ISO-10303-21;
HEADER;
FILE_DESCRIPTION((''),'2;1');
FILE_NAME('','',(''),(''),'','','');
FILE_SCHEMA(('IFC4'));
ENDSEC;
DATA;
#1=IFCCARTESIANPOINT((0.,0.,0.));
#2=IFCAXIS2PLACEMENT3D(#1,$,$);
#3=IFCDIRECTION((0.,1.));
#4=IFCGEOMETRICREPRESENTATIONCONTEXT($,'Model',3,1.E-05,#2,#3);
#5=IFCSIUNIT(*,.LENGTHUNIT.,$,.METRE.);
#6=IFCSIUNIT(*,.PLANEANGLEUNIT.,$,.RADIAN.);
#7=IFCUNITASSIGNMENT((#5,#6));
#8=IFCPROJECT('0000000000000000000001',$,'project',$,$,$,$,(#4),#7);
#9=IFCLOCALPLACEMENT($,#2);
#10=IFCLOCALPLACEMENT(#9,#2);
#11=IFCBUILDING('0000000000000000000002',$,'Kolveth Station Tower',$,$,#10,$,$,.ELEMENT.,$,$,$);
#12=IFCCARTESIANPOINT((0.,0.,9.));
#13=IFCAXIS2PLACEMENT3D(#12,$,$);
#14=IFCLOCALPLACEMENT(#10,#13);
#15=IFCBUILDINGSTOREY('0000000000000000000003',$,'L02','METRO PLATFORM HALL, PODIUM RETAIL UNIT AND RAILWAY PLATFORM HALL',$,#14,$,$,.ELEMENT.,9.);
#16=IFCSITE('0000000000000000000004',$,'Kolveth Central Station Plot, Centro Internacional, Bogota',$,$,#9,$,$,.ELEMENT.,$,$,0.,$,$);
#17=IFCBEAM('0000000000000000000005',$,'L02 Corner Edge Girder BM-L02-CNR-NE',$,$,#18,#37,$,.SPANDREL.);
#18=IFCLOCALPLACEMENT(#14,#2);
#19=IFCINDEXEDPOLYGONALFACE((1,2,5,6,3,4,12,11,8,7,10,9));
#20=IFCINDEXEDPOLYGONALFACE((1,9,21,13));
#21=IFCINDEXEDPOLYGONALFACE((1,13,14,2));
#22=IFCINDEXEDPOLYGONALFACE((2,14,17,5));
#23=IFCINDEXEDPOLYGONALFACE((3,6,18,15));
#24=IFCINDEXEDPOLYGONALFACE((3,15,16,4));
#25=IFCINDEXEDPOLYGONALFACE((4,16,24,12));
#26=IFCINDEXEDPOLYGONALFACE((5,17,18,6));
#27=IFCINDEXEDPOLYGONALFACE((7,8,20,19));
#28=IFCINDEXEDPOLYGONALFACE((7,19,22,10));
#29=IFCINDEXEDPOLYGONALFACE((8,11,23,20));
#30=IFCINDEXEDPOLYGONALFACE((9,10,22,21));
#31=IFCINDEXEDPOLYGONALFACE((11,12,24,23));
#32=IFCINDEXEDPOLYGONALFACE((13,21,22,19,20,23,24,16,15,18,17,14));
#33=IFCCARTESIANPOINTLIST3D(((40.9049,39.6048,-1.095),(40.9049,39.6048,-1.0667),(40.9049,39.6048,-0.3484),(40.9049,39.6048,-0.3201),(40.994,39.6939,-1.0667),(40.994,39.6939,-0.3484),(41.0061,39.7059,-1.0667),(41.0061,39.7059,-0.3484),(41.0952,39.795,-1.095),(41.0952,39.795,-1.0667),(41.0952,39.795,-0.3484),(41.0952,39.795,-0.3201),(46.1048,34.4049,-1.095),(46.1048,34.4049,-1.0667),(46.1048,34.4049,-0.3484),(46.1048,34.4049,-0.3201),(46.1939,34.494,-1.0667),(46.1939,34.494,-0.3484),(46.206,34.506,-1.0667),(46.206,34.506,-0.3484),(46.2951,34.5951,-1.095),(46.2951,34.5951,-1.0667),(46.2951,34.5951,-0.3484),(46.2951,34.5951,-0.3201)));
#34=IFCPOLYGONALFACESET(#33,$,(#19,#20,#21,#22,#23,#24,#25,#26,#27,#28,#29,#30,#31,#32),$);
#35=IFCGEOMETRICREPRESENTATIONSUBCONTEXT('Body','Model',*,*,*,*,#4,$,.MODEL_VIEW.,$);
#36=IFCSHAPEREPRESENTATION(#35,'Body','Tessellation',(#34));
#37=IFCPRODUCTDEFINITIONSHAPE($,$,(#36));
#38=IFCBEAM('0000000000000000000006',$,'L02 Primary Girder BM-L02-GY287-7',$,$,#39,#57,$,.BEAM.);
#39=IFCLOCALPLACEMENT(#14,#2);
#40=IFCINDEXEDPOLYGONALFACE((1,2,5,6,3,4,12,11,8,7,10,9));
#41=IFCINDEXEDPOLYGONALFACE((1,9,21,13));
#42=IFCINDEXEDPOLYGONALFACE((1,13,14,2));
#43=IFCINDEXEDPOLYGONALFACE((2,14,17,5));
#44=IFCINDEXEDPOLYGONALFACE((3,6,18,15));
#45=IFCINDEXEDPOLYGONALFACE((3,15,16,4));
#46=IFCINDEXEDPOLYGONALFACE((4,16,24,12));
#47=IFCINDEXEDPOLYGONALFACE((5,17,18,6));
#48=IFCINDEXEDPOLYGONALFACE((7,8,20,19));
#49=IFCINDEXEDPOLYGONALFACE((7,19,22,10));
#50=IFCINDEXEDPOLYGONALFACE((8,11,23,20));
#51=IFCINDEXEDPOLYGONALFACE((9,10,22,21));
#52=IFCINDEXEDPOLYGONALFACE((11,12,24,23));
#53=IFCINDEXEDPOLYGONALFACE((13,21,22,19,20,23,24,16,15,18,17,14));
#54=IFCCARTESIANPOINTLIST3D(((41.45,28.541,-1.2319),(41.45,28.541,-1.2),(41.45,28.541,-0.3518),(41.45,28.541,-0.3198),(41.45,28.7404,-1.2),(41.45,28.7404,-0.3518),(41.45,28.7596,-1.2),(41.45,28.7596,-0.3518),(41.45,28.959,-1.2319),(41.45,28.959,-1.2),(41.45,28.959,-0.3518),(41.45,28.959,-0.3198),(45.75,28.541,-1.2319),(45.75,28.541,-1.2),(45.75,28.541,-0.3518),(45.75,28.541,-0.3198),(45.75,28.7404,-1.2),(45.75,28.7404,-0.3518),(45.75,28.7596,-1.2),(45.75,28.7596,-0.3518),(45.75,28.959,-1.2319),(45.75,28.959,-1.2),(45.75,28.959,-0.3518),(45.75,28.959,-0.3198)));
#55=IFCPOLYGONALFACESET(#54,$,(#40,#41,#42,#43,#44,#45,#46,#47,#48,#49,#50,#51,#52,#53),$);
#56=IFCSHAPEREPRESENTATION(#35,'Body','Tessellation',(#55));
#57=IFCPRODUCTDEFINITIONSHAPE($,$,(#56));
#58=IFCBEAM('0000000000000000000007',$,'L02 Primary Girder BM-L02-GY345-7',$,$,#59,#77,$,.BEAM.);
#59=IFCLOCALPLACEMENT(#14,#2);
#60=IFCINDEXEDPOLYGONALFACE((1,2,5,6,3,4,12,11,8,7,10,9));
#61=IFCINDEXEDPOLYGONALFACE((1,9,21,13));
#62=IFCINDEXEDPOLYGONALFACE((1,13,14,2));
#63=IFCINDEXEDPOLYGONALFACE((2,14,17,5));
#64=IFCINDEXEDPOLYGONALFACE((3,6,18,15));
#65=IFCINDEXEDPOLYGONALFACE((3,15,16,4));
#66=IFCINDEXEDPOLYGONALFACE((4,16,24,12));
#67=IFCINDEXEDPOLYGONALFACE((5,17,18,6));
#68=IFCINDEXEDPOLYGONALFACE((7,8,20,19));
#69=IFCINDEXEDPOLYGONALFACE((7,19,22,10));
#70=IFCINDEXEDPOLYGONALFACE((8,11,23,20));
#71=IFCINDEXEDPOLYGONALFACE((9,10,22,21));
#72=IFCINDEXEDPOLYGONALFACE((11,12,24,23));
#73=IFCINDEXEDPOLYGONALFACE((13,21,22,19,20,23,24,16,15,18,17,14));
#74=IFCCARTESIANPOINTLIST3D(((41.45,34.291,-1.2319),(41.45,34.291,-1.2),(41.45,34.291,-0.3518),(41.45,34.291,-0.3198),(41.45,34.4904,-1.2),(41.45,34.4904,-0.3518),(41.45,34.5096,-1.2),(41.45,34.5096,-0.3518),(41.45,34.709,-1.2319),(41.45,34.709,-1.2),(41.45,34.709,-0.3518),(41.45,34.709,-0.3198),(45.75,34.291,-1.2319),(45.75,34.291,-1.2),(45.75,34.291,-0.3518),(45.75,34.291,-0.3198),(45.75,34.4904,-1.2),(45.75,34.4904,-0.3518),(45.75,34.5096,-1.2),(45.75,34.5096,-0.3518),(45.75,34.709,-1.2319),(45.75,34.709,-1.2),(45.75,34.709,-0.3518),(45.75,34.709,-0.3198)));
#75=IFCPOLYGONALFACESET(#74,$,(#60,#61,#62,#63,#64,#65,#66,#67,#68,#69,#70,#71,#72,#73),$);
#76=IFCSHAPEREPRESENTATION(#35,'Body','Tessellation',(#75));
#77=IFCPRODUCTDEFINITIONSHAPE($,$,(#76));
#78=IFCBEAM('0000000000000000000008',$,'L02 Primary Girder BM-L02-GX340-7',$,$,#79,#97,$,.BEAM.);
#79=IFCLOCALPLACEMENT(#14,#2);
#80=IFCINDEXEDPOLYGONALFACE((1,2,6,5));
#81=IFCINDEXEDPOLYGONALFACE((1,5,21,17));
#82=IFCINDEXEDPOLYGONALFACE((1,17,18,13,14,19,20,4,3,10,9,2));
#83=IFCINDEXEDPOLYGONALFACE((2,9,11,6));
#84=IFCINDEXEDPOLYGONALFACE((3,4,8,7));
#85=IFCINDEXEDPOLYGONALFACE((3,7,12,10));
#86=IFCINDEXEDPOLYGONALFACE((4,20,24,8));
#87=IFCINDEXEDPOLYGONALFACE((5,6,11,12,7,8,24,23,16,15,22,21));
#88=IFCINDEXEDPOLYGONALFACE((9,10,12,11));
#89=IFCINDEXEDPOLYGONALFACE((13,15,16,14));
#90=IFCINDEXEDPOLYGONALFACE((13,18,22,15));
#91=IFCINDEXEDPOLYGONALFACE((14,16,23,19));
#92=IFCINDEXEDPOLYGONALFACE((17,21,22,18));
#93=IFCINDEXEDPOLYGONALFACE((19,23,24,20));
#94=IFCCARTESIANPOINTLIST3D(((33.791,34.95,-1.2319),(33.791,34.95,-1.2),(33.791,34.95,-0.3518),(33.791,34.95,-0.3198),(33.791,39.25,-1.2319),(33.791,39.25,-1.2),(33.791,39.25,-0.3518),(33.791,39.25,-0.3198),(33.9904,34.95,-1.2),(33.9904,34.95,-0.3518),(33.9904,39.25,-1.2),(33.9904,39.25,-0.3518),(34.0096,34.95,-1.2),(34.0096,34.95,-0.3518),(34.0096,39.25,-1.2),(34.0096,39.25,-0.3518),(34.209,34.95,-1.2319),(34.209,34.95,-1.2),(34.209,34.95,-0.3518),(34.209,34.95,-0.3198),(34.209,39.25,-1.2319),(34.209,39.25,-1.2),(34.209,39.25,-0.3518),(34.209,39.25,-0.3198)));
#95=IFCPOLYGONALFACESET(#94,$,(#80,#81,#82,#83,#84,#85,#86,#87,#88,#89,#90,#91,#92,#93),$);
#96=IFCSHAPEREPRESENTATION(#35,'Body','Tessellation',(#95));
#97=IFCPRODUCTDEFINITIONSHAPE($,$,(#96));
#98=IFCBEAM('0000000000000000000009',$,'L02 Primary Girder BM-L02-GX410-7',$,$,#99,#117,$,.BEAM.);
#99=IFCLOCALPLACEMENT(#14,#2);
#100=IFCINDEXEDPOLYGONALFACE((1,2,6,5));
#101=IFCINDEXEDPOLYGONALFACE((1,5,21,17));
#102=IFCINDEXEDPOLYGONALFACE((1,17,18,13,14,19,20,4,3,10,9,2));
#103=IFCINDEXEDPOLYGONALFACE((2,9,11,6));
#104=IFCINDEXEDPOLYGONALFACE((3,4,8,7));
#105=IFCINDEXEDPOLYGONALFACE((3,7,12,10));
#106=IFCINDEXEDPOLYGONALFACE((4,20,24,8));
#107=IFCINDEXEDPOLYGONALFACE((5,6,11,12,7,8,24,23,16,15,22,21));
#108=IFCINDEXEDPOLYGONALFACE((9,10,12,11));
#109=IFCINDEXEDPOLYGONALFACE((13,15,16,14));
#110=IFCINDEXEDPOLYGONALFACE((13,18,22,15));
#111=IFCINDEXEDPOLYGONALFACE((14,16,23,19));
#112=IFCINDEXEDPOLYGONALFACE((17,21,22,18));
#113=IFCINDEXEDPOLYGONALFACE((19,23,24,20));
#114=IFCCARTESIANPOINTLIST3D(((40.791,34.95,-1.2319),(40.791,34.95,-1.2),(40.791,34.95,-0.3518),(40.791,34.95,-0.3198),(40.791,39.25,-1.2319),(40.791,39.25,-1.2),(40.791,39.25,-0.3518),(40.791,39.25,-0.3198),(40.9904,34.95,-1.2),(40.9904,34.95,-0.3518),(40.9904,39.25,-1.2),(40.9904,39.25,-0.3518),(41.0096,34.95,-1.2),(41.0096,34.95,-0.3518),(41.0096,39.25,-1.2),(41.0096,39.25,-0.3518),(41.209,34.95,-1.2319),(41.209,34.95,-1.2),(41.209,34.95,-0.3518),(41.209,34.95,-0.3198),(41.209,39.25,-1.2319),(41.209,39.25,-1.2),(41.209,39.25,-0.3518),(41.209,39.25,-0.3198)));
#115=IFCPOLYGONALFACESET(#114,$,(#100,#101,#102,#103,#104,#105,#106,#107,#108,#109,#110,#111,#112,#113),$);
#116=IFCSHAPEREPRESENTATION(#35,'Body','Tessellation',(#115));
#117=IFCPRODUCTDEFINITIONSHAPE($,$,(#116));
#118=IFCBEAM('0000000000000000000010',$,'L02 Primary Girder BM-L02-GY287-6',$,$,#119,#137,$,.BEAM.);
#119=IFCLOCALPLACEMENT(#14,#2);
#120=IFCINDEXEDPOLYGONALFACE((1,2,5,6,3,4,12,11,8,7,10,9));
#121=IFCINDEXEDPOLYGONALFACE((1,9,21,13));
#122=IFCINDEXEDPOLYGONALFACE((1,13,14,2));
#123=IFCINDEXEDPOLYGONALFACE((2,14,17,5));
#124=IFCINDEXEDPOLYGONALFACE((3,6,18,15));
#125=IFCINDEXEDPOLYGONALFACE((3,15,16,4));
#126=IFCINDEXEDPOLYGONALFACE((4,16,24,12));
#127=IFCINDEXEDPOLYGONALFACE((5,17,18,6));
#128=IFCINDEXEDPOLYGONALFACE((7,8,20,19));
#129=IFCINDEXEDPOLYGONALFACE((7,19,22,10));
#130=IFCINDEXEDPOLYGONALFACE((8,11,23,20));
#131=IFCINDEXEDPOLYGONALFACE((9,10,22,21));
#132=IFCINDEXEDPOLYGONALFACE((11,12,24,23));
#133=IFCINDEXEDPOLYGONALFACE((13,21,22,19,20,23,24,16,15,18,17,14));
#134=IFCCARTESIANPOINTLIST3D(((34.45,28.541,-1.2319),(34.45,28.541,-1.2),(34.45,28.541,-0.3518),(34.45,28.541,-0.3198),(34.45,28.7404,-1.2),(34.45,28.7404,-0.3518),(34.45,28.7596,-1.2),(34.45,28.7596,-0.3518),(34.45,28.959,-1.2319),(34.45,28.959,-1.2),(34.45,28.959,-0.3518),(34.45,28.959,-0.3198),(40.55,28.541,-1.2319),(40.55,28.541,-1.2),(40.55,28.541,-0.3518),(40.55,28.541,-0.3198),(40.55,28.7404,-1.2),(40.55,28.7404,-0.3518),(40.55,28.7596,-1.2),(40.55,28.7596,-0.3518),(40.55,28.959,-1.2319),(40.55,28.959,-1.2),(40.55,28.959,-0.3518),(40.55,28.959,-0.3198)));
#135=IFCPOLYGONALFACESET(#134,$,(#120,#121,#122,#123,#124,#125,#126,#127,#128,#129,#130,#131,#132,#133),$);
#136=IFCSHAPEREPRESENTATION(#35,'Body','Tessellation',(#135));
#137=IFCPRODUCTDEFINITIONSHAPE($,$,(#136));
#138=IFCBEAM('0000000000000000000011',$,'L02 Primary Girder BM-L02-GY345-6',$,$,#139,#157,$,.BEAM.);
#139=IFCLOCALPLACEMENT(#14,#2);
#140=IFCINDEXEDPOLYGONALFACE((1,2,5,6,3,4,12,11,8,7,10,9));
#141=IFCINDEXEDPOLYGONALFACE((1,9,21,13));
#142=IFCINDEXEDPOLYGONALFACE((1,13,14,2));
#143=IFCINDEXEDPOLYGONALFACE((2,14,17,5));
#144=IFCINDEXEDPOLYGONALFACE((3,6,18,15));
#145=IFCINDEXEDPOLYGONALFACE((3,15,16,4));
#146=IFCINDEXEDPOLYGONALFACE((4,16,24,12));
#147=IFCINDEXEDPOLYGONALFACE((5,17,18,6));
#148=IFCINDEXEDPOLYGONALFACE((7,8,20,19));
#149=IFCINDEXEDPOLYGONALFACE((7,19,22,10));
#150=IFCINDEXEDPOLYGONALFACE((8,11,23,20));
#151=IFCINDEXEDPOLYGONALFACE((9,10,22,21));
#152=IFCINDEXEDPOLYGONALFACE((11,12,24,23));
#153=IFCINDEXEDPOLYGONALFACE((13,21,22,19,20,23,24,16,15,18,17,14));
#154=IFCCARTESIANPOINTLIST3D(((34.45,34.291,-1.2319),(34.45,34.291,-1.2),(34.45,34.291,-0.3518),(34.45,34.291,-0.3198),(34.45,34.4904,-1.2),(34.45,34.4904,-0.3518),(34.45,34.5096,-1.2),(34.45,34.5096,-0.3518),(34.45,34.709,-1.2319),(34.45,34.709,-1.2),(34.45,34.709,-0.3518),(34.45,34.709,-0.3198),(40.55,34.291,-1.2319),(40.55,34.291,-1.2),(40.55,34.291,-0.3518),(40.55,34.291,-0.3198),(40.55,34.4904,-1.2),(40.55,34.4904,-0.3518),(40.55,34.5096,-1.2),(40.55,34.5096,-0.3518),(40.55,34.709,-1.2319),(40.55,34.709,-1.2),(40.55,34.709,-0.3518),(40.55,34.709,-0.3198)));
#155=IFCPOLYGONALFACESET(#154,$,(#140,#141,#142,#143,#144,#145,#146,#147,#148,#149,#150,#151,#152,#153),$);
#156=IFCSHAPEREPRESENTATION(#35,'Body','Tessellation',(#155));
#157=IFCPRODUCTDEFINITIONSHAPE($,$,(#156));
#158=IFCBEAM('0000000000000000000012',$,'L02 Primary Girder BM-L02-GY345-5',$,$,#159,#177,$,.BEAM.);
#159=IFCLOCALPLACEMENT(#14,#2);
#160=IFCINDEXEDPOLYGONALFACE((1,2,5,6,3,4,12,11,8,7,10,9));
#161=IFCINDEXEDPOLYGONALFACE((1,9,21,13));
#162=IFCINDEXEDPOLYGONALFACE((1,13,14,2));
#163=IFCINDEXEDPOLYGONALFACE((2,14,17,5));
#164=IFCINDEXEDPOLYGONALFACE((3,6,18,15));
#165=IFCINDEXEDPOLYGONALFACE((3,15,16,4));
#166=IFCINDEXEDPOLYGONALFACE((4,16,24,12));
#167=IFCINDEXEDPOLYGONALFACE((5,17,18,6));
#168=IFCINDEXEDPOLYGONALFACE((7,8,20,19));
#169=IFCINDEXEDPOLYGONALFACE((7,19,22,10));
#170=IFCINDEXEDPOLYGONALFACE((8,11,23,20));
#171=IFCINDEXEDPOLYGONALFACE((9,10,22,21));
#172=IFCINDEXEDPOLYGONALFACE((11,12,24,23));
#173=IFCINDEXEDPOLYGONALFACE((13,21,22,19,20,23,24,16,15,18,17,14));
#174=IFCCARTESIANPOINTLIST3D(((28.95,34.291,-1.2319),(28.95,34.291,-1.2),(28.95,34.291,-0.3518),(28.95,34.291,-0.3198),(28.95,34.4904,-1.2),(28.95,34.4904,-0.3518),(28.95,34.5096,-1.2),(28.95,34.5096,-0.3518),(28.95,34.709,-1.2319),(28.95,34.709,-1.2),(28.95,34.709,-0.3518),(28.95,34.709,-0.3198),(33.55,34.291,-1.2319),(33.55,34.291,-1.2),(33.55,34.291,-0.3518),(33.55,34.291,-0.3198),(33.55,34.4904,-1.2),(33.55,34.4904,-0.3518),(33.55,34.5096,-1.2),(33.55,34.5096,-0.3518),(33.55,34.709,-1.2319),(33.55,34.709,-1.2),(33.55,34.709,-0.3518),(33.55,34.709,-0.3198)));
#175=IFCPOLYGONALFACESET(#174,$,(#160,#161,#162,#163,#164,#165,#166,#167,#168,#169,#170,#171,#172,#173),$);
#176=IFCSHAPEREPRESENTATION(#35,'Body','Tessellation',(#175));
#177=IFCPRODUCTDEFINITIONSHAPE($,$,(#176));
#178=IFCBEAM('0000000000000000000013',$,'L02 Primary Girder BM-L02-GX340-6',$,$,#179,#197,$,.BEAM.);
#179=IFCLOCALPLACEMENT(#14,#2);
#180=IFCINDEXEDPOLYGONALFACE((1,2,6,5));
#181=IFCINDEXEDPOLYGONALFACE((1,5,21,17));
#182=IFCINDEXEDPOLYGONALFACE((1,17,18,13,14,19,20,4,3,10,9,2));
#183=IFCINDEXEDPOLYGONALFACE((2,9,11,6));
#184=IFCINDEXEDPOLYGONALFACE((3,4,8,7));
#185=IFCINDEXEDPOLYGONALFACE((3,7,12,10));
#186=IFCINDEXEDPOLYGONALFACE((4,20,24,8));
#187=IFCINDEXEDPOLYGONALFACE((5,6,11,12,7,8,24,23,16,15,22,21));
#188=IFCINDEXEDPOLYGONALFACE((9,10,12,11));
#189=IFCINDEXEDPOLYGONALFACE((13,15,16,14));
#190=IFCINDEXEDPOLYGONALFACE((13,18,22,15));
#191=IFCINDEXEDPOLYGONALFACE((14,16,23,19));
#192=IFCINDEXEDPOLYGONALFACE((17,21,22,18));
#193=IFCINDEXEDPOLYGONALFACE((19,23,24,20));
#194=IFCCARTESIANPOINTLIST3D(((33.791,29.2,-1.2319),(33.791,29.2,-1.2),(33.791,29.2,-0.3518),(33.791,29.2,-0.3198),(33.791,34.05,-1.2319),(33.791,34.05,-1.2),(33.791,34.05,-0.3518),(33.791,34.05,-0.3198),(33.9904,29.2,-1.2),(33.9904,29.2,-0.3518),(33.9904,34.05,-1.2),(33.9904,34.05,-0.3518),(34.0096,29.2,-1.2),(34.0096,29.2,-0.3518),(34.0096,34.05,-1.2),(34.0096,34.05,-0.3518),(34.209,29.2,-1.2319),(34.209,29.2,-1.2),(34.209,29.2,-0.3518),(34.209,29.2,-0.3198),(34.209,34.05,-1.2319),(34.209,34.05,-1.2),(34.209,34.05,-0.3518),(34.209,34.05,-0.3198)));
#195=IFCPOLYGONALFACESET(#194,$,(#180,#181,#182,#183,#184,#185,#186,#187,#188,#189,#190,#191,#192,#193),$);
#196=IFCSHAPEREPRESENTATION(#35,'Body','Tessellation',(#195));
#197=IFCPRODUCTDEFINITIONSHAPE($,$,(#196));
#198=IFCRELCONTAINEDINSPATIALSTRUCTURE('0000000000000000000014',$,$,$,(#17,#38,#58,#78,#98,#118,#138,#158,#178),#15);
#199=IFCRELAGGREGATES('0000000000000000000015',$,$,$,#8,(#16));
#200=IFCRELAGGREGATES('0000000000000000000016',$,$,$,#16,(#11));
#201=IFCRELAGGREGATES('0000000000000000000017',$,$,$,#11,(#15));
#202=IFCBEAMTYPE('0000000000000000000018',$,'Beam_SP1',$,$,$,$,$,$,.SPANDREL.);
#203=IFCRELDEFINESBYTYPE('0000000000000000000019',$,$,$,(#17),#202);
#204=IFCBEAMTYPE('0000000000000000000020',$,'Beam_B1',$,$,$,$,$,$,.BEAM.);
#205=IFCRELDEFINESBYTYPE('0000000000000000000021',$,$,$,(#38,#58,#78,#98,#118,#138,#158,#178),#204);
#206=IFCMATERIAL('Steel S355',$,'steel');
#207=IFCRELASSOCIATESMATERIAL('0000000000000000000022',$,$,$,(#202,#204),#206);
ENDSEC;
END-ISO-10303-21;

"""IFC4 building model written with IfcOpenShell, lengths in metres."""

from ifc_helpers import new_model, si_unit, direction, frame, origin, origin_2d, place, context, subcontext, project, spatial, i_section, extrude, source, transform, mapped, material, material_profile, profile_set, type_object, element, save


model = new_model("IFC4")

# Units and contexts
model_context = context("Model", 3, precision=1e-05, world=origin(), true_north=direction((0.0, 1.0)))
body_context = subcontext(model_context, "Body", "Model", "MODEL_VIEW")
ifc_project = project(units=[si_unit("LENGTHUNIT", "METRE"), si_unit("PLANEANGLEUNIT", "RADIAN")], contexts=[model_context])

# Site, building, storey
site_placement = place(None, origin())
site = spatial("IfcSite", under=ifc_project, at=site_placement, Name="Kolveth Central Station Plot, Centro Internacional, Bogota", CompositionType="ELEMENT", RefElevation=0.0)
building_placement = place(site_placement, origin())
building = spatial("IfcBuilding", under=site, at=building_placement, Name="Kolveth Station Tower", CompositionType="ELEMENT")
storey_placement = place(building_placement, frame((0.0, 0.0, 9.0)))
storey = spatial("IfcBuildingStorey", under=building, at=storey_placement, Name="L02", Description="METRO PLATFORM HALL, PODIUM RETAIL UNIT AND RAILWAY PLATFORM HALL", CompositionType="ELEMENT", Elevation=9.0)

# Beams
ifc_material_1 = material(Name="Steel S355", Category="steel")
ifc_material_profile_1 = material_profile(ifc_material_1, i_section(OverallWidth=0.269, OverallDepth=0.7749, WebThickness=0.0171, FlangeThickness=0.0283, at=origin_2d()), Name="W760x220")
ifc_profile_set_1 = profile_set([ifc_material_profile_1], Name="Steel S355")
beam_type_1 = type_object("IfcBeamType", Name="Beam_SP1", PredefinedType="SPANDREL", material=ifc_profile_set_1)
shared_shape_1 = source(origin(), body_context, "Body", "SweptSolid", [
    extrude(i_section(OverallWidth=0.269, OverallDepth=0.7749, WebThickness=0.0171, FlangeThickness=0.0283, at=origin_2d()), origin(), (0.0, 0.0, 1.0), 7.3538),
])
beam_1_placement = place(storey_placement, frame((46.2, 34.5, -0.7075), z_axis=(-0.707107, 0.707107, 0.0), x_axis=(-0.707107, -0.707107, 0.0)))
element("IfcBeam", 1, at=beam_1_placement, inside=storey, type_object=beam_type_1, Name="L02 Corner Edge Girder BM-L02-CNR-NE", PredefinedType="SPANDREL", context=body_context, shape_type="MappedRepresentation", body=[
    mapped(shared_shape_1, transform((0.0, 0.0, 0.0), x_axis=(1.0, 0.0, 0.0), y_axis=(0.0, 1.0, 0.0), z_axis=(0.0, 0.0, 1.0), scale=1.0)),
])
ifc_material_profile_2 = material_profile(ifc_material_1, i_section(OverallWidth=0.418, OverallDepth=0.9121, WebThickness=0.0193, FlangeThickness=0.032, at=origin_2d()), Name="W920x342")
ifc_profile_set_2 = profile_set([ifc_material_profile_2], Name="Steel S355")
beam_type_2 = type_object("IfcBeamType", Name="Beam_B1", PredefinedType="BEAM", material=ifc_profile_set_2)
shared_shape_2 = source(origin(), body_context, "Body", "SweptSolid", [
    extrude(i_section(OverallWidth=0.418, OverallDepth=0.9121, WebThickness=0.0193, FlangeThickness=0.032, at=origin_2d()), origin(), (0.0, 0.0, 1.0), 4.3),
])
for number, where, z_axis, x_axis, name in (
    (2, (41.45, 28.75, -0.7759), (1.0, 0.0, 0.0), (0.0, 1.0, 0.0), "L02 Primary Girder BM-L02-GY287-7"),
    (3, (41.45, 34.5, -0.7759), (1.0, 0.0, 0.0), (0.0, 1.0, 0.0), "L02 Primary Girder BM-L02-GY345-7"),
    (4, (34.0, 34.95, -0.7759), (0.0, 1.0, 0.0), (-1.0, 0.0, 0.0), "L02 Primary Girder BM-L02-GX340-7"),
    (5, (41.0, 34.95, -0.7759), (0.0, 1.0, 0.0), (-1.0, 0.0, 0.0), "L02 Primary Girder BM-L02-GX410-7"),
):
    element("IfcBeam", number, at=place(storey_placement, frame(where, z_axis=z_axis, x_axis=x_axis)), inside=storey, type_object=beam_type_2, Name=name, PredefinedType="BEAM", context=body_context, shape_type="MappedRepresentation", body=[
        mapped(shared_shape_2, transform((0.0, 0.0, 0.0), x_axis=(1.0, 0.0, 0.0), y_axis=(0.0, 1.0, 0.0), z_axis=(0.0, 0.0, 1.0), scale=1.0)),
    ])
shared_shape_3 = source(origin(), body_context, "Body", "SweptSolid", [
    extrude(i_section(OverallWidth=0.418, OverallDepth=0.9121, WebThickness=0.0193, FlangeThickness=0.032, at=origin_2d()), origin(), (0.0, 0.0, 1.0), 6.1001),
])
for number, where, z_axis, x_axis, name in (
    (6, (34.45, 28.75, -0.7759), (1.0, 0.0, 0.0), (0.0, 1.0, 0.0), "L02 Primary Girder BM-L02-GY287-6"),
    (7, (34.45, 34.5, -0.7759), (1.0, 0.0, 0.0), (0.0, 1.0, 0.0), "L02 Primary Girder BM-L02-GY345-6"),
):
    element("IfcBeam", number, at=place(storey_placement, frame(where, z_axis=z_axis, x_axis=x_axis)), inside=storey, type_object=beam_type_2, Name=name, PredefinedType="BEAM", context=body_context, shape_type="MappedRepresentation", body=[
        mapped(shared_shape_3, transform((0.0, 0.0, 0.0), x_axis=(1.0, 0.0, 0.0), y_axis=(0.0, 1.0, 0.0), z_axis=(0.0, 0.0, 1.0), scale=1.0)),
    ])
shared_shape_4 = source(origin(), body_context, "Body", "SweptSolid", [
    extrude(i_section(OverallWidth=0.418, OverallDepth=0.9121, WebThickness=0.0193, FlangeThickness=0.032, at=origin_2d()), origin(), (0.0, 0.0, 1.0), 4.6001),
])
beam_2_placement = place(storey_placement, frame((28.95, 34.5, -0.7759), z_axis=(1.0, 0.0, 0.0), x_axis=(0.0, 1.0, 0.0)))
element("IfcBeam", 8, at=beam_2_placement, inside=storey, type_object=beam_type_2, Name="L02 Primary Girder BM-L02-GY345-5", PredefinedType="BEAM", context=body_context, shape_type="MappedRepresentation", body=[
    mapped(shared_shape_4, transform((0.0, 0.0, 0.0), x_axis=(1.0, 0.0, 0.0), y_axis=(0.0, 1.0, 0.0), z_axis=(0.0, 0.0, 1.0), scale=1.0)),
])
shared_shape_5 = source(origin(), body_context, "Body", "SweptSolid", [
    extrude(i_section(OverallWidth=0.418, OverallDepth=0.9121, WebThickness=0.0193, FlangeThickness=0.032, at=origin_2d()), origin(), (0.0, 0.0, 1.0), 4.8501),
])
for number, where, z_axis, x_axis, name in (
    (9, (34.0, 29.2, -0.7759), (0.0, 1.0, 0.0), (-1.0, 0.0, 0.0), "L02 Primary Girder BM-L02-GX340-6"),
):
    element("IfcBeam", number, at=place(storey_placement, frame(where, z_axis=z_axis, x_axis=x_axis)), inside=storey, type_object=beam_type_2, Name=name, PredefinedType="BEAM", context=body_context, shape_type="MappedRepresentation", body=[
        mapped(shared_shape_5, transform((0.0, 0.0, 0.0), x_axis=(1.0, 0.0, 0.0), y_axis=(0.0, 1.0, 0.0), z_axis=(0.0, 0.0, 1.0), scale=1.0)),
    ])

save(model, "model.ifc")
